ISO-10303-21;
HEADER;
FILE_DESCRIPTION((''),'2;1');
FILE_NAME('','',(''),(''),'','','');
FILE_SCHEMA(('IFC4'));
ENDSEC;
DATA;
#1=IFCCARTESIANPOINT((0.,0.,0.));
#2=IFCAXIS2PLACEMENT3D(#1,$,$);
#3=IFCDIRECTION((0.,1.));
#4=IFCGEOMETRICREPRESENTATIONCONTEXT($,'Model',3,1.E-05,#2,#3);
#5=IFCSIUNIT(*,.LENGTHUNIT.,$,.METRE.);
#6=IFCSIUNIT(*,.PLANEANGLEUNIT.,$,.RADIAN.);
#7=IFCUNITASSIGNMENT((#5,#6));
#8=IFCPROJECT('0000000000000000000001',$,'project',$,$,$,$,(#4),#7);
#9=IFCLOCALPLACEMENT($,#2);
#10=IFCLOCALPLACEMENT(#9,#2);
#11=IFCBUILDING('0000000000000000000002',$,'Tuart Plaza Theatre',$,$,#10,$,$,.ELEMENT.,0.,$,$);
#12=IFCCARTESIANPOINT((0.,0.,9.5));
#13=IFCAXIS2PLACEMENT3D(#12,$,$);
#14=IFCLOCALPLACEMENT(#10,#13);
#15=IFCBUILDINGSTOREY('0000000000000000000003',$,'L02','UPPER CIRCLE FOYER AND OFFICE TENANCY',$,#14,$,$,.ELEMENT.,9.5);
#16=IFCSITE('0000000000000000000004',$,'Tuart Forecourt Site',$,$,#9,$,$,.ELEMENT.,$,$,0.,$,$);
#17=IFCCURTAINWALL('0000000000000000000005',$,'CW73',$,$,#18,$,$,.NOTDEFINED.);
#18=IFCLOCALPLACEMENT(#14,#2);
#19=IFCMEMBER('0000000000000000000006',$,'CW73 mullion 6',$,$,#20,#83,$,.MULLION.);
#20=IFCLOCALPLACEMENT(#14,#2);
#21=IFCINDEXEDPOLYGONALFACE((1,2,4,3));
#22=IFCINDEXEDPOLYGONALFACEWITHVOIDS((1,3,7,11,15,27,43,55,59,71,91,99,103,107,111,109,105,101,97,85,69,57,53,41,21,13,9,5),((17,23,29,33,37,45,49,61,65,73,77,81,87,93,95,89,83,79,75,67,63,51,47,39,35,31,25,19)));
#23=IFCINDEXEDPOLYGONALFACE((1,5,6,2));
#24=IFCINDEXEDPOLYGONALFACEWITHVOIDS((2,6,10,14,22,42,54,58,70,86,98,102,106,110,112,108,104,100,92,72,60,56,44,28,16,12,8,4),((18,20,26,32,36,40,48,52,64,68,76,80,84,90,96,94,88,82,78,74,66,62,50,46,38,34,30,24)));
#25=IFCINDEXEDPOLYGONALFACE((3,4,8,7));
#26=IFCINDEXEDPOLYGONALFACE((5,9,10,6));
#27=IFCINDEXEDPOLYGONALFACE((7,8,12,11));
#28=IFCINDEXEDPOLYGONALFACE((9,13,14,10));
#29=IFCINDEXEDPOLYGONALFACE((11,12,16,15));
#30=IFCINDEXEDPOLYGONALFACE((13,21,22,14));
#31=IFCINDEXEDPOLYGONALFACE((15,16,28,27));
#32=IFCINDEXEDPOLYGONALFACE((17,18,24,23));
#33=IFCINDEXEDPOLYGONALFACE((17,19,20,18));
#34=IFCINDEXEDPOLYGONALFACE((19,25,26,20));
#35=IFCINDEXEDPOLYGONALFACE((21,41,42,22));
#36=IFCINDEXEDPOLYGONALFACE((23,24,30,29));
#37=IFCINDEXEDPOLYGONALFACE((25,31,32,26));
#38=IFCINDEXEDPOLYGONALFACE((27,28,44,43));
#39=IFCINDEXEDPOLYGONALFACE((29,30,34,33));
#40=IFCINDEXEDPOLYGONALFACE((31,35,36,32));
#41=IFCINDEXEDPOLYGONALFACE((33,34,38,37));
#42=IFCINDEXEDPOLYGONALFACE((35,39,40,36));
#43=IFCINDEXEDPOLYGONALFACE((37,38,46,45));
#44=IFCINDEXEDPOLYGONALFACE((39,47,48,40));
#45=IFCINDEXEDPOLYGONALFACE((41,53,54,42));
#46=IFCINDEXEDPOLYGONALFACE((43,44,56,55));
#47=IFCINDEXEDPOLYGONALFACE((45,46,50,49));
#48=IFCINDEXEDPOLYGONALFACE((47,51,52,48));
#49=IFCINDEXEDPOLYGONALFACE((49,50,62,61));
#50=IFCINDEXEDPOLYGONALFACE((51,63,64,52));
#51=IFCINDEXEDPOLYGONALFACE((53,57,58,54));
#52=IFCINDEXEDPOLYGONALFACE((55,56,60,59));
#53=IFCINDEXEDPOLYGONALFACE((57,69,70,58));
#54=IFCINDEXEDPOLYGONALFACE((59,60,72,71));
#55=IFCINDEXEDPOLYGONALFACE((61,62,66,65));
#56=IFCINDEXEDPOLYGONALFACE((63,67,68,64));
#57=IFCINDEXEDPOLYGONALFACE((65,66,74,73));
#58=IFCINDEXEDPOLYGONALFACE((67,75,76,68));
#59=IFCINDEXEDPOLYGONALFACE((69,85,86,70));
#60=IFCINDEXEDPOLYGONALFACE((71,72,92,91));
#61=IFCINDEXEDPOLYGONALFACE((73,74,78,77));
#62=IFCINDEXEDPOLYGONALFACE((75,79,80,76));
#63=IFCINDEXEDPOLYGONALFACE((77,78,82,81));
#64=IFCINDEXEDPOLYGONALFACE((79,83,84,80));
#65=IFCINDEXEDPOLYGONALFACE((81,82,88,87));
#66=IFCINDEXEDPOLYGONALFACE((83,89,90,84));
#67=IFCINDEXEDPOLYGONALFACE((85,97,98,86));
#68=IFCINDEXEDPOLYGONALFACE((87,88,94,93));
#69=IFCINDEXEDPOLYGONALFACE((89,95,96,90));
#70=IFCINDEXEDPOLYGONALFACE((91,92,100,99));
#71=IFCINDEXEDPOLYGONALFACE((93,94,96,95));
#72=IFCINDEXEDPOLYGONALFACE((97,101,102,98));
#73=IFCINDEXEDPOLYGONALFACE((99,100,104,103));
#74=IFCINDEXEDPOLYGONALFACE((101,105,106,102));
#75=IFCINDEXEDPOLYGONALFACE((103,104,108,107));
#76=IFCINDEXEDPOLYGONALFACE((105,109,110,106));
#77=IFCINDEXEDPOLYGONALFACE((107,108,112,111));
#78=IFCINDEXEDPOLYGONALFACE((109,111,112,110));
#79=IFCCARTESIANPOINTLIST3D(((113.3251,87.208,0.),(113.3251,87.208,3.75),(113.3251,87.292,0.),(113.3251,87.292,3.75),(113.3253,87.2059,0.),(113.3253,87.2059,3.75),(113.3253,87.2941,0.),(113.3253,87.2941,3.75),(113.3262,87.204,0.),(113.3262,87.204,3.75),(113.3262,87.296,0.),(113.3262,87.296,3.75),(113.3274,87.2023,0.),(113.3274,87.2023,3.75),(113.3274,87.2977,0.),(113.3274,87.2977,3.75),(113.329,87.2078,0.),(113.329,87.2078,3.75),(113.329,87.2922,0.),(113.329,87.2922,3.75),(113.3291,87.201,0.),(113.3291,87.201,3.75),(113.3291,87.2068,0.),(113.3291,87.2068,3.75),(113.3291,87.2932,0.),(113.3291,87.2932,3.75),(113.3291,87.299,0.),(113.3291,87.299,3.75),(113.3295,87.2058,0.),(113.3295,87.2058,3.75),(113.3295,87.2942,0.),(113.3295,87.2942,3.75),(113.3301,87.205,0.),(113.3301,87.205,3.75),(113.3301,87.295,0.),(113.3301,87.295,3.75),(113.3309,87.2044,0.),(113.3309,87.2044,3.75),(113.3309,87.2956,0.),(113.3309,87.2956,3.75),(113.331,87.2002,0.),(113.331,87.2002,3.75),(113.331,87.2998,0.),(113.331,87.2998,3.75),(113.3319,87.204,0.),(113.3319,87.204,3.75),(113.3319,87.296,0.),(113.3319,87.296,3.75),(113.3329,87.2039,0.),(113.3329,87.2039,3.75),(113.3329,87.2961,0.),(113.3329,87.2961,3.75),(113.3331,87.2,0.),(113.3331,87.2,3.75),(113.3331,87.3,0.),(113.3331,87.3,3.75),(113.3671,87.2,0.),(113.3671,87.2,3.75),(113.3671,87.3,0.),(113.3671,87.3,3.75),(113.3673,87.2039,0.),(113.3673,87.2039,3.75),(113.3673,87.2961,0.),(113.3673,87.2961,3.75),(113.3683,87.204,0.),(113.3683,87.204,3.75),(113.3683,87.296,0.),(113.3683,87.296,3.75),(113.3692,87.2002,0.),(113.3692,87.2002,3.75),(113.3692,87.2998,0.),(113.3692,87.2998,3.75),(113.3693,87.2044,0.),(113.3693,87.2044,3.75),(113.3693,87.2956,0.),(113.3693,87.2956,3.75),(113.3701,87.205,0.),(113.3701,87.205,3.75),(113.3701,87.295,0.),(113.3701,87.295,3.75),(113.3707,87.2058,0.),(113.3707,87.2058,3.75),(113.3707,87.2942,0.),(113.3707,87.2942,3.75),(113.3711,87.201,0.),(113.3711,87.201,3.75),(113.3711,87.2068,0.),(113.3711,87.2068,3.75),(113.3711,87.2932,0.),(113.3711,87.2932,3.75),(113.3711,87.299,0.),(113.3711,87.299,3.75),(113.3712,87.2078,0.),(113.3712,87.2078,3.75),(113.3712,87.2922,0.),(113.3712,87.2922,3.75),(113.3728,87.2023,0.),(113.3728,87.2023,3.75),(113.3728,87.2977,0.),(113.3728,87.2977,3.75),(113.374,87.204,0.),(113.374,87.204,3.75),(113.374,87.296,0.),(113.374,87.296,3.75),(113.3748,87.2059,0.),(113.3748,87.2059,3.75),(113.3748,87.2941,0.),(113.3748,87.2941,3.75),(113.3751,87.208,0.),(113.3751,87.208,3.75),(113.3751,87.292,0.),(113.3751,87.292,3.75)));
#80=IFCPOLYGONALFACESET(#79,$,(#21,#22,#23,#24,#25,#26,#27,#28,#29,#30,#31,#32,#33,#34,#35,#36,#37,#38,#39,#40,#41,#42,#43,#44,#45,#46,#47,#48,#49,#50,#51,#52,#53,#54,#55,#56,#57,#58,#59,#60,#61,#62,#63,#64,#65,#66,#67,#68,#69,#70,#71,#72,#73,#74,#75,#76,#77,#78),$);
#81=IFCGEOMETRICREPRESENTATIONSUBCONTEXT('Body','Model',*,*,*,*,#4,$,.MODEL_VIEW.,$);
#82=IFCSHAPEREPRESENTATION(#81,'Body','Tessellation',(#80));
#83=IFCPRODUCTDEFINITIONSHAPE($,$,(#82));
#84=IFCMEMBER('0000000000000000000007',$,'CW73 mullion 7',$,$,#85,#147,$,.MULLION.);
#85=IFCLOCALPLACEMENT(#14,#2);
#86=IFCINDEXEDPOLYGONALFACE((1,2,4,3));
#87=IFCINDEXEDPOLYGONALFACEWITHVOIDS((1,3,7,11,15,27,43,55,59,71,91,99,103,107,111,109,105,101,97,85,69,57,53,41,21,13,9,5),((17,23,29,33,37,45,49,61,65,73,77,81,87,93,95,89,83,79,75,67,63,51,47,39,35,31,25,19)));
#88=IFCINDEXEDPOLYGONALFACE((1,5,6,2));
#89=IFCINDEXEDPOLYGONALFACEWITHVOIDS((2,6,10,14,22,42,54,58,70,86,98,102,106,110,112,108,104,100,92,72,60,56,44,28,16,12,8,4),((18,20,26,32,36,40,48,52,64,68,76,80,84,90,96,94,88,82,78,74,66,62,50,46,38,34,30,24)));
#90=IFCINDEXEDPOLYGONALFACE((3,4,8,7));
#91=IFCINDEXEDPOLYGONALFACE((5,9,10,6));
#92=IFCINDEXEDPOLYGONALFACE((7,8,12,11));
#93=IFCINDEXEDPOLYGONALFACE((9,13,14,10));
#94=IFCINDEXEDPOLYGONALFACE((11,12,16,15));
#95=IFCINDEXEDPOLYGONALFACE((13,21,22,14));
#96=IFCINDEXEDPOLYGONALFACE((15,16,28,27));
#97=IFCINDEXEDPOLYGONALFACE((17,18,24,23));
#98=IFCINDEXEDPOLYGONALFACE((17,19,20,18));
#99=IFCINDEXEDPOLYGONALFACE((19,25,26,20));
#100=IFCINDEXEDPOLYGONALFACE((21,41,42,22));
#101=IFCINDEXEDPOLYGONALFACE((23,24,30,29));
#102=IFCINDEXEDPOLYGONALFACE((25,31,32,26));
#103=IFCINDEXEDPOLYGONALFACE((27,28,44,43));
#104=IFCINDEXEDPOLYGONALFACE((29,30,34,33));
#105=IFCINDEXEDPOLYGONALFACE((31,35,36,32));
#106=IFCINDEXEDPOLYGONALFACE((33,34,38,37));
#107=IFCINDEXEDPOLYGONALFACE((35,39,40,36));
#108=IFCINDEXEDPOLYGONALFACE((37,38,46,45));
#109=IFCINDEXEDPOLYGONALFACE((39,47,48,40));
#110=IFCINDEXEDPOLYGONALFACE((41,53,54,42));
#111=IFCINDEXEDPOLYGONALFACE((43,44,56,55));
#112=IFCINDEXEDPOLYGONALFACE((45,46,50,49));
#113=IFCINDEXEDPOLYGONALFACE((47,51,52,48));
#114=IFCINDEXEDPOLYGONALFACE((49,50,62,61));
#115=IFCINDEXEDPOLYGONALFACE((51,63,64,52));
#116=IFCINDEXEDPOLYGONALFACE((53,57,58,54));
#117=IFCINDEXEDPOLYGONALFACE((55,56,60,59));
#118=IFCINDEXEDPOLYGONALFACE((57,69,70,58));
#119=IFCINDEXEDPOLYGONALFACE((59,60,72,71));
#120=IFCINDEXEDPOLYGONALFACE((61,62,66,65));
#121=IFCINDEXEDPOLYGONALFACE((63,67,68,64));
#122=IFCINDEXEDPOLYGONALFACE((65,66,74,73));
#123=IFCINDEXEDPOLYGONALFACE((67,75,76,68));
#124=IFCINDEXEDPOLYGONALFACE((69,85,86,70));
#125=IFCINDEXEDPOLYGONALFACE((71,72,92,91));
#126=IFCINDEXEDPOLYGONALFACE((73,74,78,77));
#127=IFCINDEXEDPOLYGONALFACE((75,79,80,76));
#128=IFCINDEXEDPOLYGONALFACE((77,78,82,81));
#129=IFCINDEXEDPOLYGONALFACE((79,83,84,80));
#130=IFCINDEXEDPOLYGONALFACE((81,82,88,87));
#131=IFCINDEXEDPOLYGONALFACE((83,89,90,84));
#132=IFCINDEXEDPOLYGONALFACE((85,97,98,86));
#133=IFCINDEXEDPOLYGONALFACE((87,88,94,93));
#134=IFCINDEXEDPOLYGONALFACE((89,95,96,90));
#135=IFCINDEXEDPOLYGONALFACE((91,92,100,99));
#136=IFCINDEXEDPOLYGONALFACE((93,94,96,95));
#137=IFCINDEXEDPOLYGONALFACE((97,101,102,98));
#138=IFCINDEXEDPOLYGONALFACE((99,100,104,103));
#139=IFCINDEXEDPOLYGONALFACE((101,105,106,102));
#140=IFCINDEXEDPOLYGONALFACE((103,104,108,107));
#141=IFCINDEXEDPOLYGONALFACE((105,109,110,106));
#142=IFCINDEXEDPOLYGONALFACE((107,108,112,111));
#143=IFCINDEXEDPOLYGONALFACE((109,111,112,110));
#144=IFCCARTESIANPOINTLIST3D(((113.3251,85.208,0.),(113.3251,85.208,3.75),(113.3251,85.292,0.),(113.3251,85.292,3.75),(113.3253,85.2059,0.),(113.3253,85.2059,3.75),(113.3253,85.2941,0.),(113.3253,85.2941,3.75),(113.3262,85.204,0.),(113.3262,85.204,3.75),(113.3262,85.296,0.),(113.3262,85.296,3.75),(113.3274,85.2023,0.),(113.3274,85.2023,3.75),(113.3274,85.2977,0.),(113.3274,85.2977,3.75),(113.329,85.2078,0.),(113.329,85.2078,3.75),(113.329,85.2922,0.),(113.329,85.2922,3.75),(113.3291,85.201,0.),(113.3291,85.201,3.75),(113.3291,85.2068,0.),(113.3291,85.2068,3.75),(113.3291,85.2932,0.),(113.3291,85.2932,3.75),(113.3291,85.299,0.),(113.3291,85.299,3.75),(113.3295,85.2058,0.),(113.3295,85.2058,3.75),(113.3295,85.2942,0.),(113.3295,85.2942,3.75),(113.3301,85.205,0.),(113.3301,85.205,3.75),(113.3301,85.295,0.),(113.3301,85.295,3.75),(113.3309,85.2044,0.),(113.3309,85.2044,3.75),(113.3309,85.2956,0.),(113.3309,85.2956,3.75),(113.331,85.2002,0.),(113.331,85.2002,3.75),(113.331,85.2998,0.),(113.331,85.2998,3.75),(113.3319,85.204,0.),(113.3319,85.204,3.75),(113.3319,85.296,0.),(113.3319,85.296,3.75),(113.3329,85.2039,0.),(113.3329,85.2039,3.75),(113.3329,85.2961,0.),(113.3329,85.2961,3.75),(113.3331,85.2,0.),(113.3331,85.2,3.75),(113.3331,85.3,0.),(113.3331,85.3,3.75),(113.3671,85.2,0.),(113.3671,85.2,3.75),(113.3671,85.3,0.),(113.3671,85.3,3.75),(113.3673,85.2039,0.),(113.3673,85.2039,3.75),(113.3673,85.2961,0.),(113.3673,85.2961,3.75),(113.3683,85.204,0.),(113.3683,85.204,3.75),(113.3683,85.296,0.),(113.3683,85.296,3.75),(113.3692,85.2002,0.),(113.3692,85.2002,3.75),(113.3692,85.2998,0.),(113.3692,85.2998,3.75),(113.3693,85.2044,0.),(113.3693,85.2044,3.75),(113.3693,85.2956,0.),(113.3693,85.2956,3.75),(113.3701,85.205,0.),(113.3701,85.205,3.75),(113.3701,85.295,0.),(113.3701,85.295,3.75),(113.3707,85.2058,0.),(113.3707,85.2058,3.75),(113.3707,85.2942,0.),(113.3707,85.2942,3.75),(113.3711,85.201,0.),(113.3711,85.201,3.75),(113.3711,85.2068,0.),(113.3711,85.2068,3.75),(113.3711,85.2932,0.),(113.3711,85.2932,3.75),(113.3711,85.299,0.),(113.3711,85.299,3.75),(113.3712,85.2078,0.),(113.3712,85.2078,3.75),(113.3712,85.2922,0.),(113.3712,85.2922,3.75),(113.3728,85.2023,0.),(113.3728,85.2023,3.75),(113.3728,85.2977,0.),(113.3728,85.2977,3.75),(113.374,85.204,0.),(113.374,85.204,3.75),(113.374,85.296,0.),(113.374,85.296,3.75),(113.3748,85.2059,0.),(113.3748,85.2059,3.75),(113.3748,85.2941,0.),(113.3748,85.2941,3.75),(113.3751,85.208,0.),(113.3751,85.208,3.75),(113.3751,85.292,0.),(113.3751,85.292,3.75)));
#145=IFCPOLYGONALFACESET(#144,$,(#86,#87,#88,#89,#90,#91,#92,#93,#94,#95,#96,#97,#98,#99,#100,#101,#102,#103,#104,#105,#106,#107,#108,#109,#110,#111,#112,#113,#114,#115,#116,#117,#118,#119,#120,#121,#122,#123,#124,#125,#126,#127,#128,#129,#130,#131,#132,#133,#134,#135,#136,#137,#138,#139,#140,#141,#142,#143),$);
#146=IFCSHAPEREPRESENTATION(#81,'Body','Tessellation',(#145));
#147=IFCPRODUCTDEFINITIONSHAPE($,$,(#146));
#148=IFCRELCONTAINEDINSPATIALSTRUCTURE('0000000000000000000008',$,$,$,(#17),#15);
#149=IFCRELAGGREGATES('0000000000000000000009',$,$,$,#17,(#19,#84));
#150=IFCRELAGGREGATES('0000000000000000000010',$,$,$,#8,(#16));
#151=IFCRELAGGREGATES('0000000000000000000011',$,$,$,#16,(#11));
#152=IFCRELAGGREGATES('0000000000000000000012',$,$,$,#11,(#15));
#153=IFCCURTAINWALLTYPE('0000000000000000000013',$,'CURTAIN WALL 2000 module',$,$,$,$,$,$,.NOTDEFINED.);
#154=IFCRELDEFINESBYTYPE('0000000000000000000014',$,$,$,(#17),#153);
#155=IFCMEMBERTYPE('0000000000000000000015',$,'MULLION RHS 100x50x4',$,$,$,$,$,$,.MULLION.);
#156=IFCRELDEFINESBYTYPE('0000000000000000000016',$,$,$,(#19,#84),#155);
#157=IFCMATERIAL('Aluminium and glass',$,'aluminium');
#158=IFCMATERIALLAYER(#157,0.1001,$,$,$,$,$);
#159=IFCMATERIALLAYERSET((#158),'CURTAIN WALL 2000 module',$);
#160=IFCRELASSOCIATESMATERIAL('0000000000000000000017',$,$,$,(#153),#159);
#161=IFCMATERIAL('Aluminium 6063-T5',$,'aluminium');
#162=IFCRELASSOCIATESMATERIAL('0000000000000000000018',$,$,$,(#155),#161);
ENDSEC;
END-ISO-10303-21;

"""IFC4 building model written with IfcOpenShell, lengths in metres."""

from ifc_helpers import new_model, si_unit, direction, frame, origin, origin_2d, place, context, subcontext, project, spatial, hollow_rectangle, extrude, material, layer, layer_set, material_profile, profile_set, type_object, element, aggregate, save


model = new_model("IFC4")

# Units and contexts
model_context = context("Model", 3, precision=1e-05, world=origin(), true_north=direction((0.0, 1.0)))
body_context = subcontext(model_context, "Body", "Model", "MODEL_VIEW")
ifc_project = project(units=[si_unit("LENGTHUNIT", "METRE"), si_unit("PLANEANGLEUNIT", "RADIAN")], contexts=[model_context])

# Site, building, storey
site_placement = place(None, origin())
site = spatial("IfcSite", under=ifc_project, at=site_placement, Name="Tuart Forecourt Site", CompositionType="ELEMENT", RefElevation=0.0)
building_placement = place(site_placement, origin())
building = spatial("IfcBuilding", under=site, at=building_placement, Name="Tuart Plaza Theatre", CompositionType="ELEMENT", ElevationOfRefHeight=0.0)
storey_placement = place(building_placement, frame((0.0, 0.0, 9.5)))
storey = spatial("IfcBuildingStorey", under=building, at=storey_placement, Name="L02", Description="UPPER CIRCLE FOYER AND OFFICE TENANCY", CompositionType="ELEMENT", Elevation=9.5)

# Curtain wall, members
ifc_material_1 = material(Name="Aluminium and glass", Category="aluminium")
ifc_layer_1 = layer(ifc_material_1, 0.1001)
ifc_layer_set_1 = layer_set([ifc_layer_1], Name="CURTAIN WALL 2000 module")
curtain_wall_type = type_object("IfcCurtainWallType", Name="CURTAIN WALL 2000 module", PredefinedType="NOTDEFINED", material=ifc_layer_set_1)
curtain_wall_placement = place(storey_placement, origin())
curtain_wall = element("IfcCurtainWall", 1, at=curtain_wall_placement, inside=storey, type_object=curtain_wall_type, Name="CW73", PredefinedType="NOTDEFINED")
ifc_material_2 = material(Name="Aluminium 6063-T5", Category="aluminium")
ifc_material_profile_1 = material_profile(ifc_material_2, hollow_rectangle(XDim=0.05, YDim=0.1001, WallThickness=0.0039, InnerFilletRadius=0.0039, OuterFilletRadius=0.0081, at=origin_2d()), Name="RHS 100x50x4")
ifc_profile_set_1 = profile_set([ifc_material_profile_1], Name="Aluminium 6063-T5")
member_type_1 = type_object("IfcMemberType", Name="MULLION RHS 100x50x4", PredefinedType="MULLION", material=ifc_profile_set_1)
member_1_placement = place(storey_placement, frame((113.3501, 87.25, 0.0), z_axis=(0.0, 0.0, 1.0), x_axis=(1.0, 0.0, 0.0)))
member_1 = element("IfcMember", 2, at=member_1_placement, type_object=member_type_1, Name="CW73 mullion 6", PredefinedType="MULLION", context=body_context, shape_type="SweptSolid", body=[
    extrude(hollow_rectangle(XDim=0.05, YDim=0.1001, WallThickness=0.0039, InnerFilletRadius=0.0039, OuterFilletRadius=0.0081, at=origin_2d()), origin(), (0.0, 0.0, 1.0), 3.75),
])
member_2_placement = place(storey_placement, frame((113.3501, 85.25, 0.0), z_axis=(0.0, 0.0, 1.0), x_axis=(1.0, 0.0, 0.0)))
member_2 = element("IfcMember", 3, at=member_2_placement, type_object=member_type_1, Name="CW73 mullion 7", PredefinedType="MULLION", context=body_context, shape_type="SweptSolid", body=[
    extrude(hollow_rectangle(XDim=0.05, YDim=0.1001, WallThickness=0.0039, InnerFilletRadius=0.0039, OuterFilletRadius=0.0081, at=origin_2d()), origin(), (0.0, 0.0, 1.0), 3.75),
])
aggregate(curtain_wall, [member_1, member_2])

save(model, "model.ifc")
